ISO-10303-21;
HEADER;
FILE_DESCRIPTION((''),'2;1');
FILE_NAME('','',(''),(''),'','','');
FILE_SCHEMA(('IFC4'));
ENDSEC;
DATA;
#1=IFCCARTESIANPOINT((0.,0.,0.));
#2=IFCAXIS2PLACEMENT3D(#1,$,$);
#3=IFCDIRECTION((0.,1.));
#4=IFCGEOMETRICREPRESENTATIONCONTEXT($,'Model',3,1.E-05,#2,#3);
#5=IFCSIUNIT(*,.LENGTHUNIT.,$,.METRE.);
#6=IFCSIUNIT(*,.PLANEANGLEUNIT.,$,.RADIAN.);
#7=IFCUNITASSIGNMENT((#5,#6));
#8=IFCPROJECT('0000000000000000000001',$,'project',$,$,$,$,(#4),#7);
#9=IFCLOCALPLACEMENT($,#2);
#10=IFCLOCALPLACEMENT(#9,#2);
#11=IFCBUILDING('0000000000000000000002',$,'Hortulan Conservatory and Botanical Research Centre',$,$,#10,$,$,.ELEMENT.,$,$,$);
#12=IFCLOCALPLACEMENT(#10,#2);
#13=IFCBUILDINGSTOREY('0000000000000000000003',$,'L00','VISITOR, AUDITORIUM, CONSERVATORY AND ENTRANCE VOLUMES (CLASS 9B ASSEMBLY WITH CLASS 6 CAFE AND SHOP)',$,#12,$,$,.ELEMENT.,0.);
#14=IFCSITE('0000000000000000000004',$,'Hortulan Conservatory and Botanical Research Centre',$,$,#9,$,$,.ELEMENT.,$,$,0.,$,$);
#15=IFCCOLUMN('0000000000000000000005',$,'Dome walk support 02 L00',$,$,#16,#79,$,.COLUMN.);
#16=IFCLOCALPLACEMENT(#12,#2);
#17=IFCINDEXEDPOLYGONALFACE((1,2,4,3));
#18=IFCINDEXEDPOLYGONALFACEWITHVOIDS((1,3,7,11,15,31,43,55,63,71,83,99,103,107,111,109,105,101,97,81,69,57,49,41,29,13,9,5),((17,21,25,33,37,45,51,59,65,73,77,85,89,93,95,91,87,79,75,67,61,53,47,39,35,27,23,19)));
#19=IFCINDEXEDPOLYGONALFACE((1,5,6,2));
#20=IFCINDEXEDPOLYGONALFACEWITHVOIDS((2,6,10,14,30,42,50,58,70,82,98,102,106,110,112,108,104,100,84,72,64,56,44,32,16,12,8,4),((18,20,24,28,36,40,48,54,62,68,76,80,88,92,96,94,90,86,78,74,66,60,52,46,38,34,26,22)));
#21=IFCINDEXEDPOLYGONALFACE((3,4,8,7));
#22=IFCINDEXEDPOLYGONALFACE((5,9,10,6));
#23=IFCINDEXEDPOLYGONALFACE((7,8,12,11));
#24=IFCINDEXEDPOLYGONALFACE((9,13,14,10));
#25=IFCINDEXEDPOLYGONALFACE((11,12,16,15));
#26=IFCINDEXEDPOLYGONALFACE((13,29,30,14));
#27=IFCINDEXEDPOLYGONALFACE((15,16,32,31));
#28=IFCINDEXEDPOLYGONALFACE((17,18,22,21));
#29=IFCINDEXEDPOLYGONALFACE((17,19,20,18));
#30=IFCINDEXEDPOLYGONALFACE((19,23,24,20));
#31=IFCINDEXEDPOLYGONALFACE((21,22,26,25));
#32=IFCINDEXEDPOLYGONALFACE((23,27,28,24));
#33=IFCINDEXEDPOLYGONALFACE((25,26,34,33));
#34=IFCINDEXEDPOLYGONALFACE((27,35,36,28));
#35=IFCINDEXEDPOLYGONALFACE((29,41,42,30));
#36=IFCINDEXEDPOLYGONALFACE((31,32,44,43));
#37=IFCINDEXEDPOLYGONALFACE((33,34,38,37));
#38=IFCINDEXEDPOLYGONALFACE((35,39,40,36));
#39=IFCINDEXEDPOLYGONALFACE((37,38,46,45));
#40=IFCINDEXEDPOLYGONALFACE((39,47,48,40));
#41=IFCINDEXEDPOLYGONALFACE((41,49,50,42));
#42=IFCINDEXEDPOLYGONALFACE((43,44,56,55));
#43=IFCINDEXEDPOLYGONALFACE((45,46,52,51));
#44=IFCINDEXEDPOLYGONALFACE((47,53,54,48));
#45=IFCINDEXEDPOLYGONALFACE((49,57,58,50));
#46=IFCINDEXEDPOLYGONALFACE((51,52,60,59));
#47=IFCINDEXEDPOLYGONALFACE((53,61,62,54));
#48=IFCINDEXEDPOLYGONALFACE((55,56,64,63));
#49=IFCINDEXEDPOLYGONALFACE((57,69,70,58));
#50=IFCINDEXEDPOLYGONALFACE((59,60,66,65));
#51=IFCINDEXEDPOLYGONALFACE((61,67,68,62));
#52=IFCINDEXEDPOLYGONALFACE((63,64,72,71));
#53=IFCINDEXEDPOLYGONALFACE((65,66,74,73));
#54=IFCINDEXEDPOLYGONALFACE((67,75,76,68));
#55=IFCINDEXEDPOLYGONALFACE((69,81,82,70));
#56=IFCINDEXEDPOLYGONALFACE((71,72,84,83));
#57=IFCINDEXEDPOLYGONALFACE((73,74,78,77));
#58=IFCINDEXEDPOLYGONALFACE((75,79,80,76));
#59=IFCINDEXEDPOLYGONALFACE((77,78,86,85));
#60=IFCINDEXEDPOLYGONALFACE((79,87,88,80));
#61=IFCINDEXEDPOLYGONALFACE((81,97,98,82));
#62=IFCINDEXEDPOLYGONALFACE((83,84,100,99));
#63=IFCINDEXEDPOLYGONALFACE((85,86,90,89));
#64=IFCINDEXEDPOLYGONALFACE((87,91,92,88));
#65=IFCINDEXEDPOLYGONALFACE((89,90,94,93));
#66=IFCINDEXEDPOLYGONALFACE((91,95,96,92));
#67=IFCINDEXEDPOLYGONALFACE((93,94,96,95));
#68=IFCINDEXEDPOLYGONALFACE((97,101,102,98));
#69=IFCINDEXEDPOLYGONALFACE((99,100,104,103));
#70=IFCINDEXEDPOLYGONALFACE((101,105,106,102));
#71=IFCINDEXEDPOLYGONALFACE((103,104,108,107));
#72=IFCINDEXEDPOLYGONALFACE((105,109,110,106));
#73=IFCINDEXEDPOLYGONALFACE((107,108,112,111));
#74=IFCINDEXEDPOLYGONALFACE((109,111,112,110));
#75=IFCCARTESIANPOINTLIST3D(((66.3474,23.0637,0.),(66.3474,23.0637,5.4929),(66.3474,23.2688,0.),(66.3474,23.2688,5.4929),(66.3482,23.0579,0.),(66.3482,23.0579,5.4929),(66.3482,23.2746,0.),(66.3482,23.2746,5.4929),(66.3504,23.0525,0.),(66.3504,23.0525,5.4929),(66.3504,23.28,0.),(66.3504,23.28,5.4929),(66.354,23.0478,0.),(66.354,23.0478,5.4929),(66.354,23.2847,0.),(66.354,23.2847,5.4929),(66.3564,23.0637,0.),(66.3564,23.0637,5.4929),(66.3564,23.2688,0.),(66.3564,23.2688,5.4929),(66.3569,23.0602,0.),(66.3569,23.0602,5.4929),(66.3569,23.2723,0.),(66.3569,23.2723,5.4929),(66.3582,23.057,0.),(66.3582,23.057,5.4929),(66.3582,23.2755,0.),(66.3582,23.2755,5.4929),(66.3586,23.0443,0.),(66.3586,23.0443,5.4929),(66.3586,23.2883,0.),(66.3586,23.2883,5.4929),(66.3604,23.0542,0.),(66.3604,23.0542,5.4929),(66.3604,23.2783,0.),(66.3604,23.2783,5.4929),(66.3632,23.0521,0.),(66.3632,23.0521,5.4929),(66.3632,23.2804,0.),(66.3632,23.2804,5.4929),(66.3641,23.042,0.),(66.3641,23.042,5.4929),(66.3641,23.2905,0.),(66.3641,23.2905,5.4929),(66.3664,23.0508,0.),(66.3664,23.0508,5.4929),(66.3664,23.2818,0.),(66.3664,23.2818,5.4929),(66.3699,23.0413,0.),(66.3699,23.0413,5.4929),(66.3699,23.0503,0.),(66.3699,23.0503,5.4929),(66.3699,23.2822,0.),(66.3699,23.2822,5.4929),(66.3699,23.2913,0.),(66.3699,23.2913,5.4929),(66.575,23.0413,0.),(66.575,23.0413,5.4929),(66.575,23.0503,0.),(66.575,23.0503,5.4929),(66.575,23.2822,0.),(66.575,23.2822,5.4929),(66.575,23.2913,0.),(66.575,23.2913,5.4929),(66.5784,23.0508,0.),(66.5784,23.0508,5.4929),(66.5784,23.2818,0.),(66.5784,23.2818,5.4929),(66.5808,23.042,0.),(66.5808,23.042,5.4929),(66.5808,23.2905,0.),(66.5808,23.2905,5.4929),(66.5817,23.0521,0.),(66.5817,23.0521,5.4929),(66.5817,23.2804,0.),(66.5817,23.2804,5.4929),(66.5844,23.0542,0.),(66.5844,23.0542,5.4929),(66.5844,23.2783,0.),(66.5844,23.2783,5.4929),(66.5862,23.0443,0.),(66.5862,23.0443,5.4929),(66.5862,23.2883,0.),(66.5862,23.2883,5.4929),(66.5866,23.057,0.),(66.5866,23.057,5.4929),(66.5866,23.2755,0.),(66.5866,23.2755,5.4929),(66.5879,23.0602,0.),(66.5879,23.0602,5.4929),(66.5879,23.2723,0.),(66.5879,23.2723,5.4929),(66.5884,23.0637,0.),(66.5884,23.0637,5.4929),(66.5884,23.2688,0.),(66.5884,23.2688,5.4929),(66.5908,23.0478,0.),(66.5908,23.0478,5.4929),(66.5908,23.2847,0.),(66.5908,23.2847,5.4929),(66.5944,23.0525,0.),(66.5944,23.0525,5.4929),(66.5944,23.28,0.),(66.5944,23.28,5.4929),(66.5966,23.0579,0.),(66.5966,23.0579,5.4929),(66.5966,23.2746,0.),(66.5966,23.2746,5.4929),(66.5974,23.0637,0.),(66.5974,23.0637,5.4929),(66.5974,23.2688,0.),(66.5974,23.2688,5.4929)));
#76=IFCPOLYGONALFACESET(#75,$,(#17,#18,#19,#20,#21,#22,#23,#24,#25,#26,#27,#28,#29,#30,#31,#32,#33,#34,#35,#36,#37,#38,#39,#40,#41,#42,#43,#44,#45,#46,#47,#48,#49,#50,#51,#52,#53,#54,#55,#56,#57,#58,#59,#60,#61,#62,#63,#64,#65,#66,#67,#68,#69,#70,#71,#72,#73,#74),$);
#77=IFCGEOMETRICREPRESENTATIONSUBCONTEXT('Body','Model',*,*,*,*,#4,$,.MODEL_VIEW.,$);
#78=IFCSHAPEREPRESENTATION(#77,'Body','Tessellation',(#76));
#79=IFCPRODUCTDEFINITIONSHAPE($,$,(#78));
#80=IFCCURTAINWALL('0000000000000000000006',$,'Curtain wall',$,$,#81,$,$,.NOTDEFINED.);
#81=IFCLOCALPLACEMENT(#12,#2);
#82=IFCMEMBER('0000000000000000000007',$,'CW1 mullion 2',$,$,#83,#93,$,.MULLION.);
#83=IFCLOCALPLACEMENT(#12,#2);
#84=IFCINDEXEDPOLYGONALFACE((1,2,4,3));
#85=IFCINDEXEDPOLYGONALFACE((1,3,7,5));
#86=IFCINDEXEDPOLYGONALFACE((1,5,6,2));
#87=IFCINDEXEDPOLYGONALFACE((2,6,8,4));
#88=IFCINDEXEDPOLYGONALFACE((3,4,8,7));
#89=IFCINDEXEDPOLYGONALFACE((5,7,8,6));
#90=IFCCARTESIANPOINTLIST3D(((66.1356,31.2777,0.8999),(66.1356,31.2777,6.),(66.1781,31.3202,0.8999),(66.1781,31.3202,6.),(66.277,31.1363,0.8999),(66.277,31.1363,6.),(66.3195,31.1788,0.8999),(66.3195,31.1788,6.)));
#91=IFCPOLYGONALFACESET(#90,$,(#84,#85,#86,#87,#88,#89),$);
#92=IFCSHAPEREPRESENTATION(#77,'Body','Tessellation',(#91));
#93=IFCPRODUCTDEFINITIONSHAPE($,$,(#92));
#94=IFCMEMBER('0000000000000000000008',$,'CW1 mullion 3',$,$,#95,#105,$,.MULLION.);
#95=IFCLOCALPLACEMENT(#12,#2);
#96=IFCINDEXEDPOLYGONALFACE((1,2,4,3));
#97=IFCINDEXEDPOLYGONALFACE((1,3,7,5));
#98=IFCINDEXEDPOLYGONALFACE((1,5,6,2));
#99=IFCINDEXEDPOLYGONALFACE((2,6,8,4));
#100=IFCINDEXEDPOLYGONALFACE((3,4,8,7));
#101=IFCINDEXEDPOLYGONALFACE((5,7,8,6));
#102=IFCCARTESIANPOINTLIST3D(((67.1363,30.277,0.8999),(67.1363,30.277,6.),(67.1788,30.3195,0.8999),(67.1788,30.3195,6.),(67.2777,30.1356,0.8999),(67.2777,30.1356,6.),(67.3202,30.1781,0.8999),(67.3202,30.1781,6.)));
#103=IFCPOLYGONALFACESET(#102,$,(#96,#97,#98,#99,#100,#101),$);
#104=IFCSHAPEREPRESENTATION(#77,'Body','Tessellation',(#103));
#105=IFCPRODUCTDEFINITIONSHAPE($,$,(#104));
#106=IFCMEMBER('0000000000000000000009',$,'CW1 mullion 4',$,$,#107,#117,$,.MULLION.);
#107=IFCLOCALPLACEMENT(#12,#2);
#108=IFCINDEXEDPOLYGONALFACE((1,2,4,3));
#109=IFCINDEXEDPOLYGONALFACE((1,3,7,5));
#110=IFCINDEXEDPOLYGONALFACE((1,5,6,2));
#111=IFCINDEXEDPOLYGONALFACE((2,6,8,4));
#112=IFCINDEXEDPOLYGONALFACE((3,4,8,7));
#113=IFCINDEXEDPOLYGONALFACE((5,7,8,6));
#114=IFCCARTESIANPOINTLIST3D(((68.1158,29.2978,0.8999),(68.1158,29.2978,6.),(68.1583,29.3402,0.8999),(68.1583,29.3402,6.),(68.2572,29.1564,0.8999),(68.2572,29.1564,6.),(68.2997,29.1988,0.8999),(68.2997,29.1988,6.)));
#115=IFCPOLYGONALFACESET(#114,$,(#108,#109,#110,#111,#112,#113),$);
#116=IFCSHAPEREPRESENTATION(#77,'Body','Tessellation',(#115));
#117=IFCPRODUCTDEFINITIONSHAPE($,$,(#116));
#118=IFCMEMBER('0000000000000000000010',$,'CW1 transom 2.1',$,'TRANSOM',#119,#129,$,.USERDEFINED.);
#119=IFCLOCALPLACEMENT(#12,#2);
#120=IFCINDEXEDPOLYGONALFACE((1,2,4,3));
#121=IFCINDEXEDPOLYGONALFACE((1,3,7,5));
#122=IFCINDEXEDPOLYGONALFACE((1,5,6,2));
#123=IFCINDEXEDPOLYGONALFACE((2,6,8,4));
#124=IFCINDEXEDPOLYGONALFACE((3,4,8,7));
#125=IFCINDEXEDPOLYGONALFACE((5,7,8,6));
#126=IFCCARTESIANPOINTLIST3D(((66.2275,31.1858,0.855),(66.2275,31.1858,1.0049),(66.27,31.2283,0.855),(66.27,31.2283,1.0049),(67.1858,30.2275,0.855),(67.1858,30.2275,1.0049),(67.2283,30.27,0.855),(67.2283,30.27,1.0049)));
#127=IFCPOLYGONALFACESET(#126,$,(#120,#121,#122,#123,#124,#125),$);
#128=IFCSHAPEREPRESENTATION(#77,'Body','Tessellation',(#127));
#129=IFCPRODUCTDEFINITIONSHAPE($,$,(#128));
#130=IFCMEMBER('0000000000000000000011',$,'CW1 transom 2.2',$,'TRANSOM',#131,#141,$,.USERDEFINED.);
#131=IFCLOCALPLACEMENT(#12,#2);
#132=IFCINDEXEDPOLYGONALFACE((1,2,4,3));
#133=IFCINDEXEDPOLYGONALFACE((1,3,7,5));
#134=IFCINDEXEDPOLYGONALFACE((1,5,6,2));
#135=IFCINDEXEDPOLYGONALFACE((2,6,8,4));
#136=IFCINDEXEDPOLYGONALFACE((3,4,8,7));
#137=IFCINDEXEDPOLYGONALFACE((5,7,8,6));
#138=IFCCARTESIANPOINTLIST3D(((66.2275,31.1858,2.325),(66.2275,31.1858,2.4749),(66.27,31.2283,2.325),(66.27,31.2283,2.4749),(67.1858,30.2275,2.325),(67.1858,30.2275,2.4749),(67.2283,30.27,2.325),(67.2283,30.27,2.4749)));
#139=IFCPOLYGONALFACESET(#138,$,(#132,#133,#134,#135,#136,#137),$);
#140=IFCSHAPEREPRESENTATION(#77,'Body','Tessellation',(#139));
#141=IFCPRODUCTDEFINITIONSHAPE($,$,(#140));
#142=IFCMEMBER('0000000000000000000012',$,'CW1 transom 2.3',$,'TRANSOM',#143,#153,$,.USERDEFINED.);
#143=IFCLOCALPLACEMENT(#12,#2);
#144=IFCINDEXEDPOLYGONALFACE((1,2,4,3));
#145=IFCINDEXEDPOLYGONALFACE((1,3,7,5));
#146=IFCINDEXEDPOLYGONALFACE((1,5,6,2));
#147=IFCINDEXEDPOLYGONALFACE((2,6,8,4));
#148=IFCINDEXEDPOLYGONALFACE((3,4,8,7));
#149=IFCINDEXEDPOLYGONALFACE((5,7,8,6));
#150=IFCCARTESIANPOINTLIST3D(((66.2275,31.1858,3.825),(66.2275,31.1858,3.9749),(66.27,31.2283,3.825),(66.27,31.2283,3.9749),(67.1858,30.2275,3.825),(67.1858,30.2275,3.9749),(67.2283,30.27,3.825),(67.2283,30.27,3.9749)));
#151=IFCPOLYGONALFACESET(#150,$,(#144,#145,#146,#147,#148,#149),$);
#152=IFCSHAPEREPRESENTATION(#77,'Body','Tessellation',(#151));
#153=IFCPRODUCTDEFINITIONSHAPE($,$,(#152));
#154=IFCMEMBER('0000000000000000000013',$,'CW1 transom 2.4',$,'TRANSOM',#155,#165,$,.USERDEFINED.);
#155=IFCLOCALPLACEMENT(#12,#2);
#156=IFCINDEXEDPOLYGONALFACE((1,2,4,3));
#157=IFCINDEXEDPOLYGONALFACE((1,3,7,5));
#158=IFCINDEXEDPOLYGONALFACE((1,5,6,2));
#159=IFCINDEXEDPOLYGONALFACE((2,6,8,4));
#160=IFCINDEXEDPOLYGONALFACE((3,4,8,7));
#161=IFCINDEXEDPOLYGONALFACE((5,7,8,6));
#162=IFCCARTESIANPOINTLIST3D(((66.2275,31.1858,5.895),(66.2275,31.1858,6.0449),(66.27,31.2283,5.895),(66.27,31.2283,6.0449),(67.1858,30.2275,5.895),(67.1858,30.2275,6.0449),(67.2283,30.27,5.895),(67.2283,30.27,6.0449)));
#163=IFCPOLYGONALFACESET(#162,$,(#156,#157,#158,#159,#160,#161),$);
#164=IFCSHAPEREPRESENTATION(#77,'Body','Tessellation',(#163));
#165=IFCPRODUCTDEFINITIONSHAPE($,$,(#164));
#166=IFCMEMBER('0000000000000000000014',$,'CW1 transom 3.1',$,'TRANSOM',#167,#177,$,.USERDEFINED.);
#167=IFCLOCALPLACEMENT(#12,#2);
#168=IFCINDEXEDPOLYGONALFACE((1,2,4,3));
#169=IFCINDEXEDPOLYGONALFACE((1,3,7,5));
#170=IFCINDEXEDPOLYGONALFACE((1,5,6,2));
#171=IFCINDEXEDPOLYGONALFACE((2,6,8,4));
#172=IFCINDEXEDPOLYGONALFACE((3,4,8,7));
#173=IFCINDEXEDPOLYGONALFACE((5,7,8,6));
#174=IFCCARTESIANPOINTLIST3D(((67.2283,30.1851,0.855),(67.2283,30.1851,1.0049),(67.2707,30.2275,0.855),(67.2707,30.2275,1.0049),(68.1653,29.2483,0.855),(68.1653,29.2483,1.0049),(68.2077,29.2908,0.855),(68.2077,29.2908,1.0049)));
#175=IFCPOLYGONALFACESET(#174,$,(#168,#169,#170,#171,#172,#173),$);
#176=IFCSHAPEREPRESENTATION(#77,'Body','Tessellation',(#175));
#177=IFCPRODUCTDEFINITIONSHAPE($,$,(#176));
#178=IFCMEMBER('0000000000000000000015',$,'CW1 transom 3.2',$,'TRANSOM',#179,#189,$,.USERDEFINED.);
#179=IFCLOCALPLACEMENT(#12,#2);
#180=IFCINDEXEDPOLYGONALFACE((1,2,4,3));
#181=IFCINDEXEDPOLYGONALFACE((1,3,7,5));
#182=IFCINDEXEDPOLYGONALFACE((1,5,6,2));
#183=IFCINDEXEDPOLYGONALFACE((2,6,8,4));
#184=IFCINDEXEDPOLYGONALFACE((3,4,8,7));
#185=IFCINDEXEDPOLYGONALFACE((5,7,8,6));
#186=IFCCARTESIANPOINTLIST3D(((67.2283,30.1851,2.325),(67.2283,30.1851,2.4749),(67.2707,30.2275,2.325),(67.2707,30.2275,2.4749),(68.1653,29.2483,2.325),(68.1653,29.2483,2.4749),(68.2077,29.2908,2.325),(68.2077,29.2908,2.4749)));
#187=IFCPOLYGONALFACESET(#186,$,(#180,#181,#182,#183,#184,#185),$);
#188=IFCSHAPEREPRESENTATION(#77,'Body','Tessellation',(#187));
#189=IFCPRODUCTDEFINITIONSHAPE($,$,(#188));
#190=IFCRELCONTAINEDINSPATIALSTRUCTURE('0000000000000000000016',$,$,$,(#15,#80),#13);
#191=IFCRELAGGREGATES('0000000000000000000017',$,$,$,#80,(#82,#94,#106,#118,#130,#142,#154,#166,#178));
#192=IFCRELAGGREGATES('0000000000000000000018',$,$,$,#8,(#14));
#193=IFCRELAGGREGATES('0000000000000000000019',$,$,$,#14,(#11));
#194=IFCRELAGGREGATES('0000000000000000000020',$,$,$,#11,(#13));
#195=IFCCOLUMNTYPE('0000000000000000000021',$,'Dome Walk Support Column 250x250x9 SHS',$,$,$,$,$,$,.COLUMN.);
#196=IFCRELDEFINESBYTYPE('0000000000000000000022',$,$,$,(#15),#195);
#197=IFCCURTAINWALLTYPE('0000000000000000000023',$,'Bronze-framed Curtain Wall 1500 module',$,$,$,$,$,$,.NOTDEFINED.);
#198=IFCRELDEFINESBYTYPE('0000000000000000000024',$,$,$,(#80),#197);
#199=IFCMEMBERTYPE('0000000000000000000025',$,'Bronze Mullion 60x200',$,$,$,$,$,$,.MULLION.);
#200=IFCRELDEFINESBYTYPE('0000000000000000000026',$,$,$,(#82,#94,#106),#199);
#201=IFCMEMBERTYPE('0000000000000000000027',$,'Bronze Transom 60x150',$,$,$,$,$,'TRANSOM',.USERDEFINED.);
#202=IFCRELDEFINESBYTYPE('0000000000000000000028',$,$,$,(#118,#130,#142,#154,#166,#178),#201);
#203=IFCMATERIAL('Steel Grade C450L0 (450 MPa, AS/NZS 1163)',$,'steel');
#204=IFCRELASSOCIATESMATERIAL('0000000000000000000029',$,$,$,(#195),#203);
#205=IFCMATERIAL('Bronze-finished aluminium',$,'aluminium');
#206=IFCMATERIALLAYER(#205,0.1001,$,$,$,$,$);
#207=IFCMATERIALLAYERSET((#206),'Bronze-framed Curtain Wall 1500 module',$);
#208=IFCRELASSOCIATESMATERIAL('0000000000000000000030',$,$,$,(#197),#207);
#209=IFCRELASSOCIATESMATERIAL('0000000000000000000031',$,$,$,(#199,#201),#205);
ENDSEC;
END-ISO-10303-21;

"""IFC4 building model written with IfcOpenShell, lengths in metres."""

from ifc_helpers import new_model, si_unit, direction, frame, origin, origin_2d, place, context, subcontext, project, spatial, rectangle, hollow_rectangle, extrude, material, layer, layer_set, material_profile, profile_set, type_object, element, aggregate, save


model = new_model("IFC4")

# Units and contexts
model_context = context("Model", 3, precision=1e-05, world=origin(), true_north=direction((0.0, 1.0)))
body_context = subcontext(model_context, "Body", "Model", "MODEL_VIEW")
ifc_project = project(units=[si_unit("LENGTHUNIT", "METRE"), si_unit("PLANEANGLEUNIT", "RADIAN")], contexts=[model_context])

# Site, building, storey
site_placement = place(None, origin())
site = spatial("IfcSite", under=ifc_project, at=site_placement, Name="Hortulan Conservatory and Botanical Research Centre", CompositionType="ELEMENT", RefElevation=0.0)
building_placement = place(site_placement, origin())
building = spatial("IfcBuilding", under=site, at=building_placement, Name="Hortulan Conservatory and Botanical Research Centre", CompositionType="ELEMENT")
storey_placement = place(building_placement, origin())
storey = spatial("IfcBuildingStorey", under=building, at=storey_placement, Name="L00", Description="VISITOR, AUDITORIUM, CONSERVATORY AND ENTRANCE VOLUMES (CLASS 9B ASSEMBLY WITH CLASS 6 CAFE AND SHOP)", CompositionType="ELEMENT", Elevation=0.0)

# Column
ifc_material_1 = material(Name="Steel Grade C450L0 (450 MPa, AS/NZS 1163)", Category="steel")
ifc_material_profile_1 = material_profile(ifc_material_1, hollow_rectangle(XDim=0.25, YDim=0.25, WallThickness=0.009, InnerFilletRadius=0.0134, OuterFilletRadius=0.0225, at=origin_2d()), Name="250x250x9SHS")
ifc_profile_set_1 = profile_set([ifc_material_profile_1], Name="Steel Grade C450L0 (450 MPa, AS/NZS 1163)")
column_type = type_object("IfcColumnType", Name="Dome Walk Support Column 250x250x9 SHS", PredefinedType="COLUMN", material=ifc_profile_set_1)
column_placement = place(storey_placement, frame((66.4724, 23.1663, 0.0), z_axis=(0.0, 0.0, 1.0), x_axis=(1.0, 0.0, 0.0)))
element("IfcColumn", 1, at=column_placement, inside=storey, type_object=column_type, Name="Dome walk support 02 L00", PredefinedType="COLUMN", context=body_context, shape_type="SweptSolid", body=[
    extrude(hollow_rectangle(XDim=0.25, YDim=0.25, WallThickness=0.009, InnerFilletRadius=0.0134, OuterFilletRadius=0.0225, at=origin_2d()), origin(), (0.0, 0.0, 1.0), 5.4929),
])

# Curtain wall, members
ifc_material_2 = material(Name="Bronze-finished aluminium", Category="aluminium")
ifc_layer_1 = layer(ifc_material_2, 0.1001)
ifc_layer_set_1 = layer_set([ifc_layer_1], Name="Bronze-framed Curtain Wall 1500 module")
curtain_wall_type = type_object("IfcCurtainWallType", Name="Bronze-framed Curtain Wall 1500 module", PredefinedType="NOTDEFINED", material=ifc_layer_set_1)
curtain_wall_placement = place(storey_placement, origin())
curtain_wall = element("IfcCurtainWall", 2, at=curtain_wall_placement, inside=storey, type_object=curtain_wall_type, Name="Curtain wall", PredefinedType="NOTDEFINED")
ifc_material_profile_2 = material_profile(ifc_material_2, rectangle(XDim=0.0601, YDim=0.2, at=origin_2d()), Name="Bronze Mullion 60x200")
ifc_profile_set_2 = profile_set([ifc_material_profile_2], Name="Bronze-finished aluminium")
member_type_1 = type_object("IfcMemberType", Name="Bronze Mullion 60x200", PredefinedType="MULLION", material=ifc_profile_set_2)
member_1_placement = place(storey_placement, frame((66.2275, 31.2283, 0.8999), z_axis=(0.0, 0.0, 1.0), x_axis=(0.707107, 0.707107, 0.0)))
member_1 = element("IfcMember", 3, at=member_1_placement, type_object=member_type_1, Name="CW1 mullion 2", PredefinedType="MULLION", context=body_context, shape_type="SweptSolid", body=[
    extrude(rectangle(XDim=0.0601, YDim=0.2, at=origin_2d()), origin(), (0.0, 0.0, 1.0), 5.1001),
])
member_2_placement = place(storey_placement, frame((67.2283, 30.2275, 0.8999), z_axis=(0.0, 0.0, 1.0), x_axis=(0.707107, 0.707107, 0.0)))
member_2 = element("IfcMember", 4, at=member_2_placement, type_object=member_type_1, Name="CW1 mullion 3", PredefinedType="MULLION", context=body_context, shape_type="SweptSolid", body=[
    extrude(rectangle(XDim=0.0601, YDim=0.2, at=origin_2d()), origin(), (0.0, 0.0, 1.0), 5.1001),
])
member_3_placement = place(storey_placement, frame((68.2078, 29.2483, 0.8999), z_axis=(0.0, 0.0, 1.0), x_axis=(0.707107, 0.707107, 0.0)))
member_3 = element("IfcMember", 5, at=member_3_placement, type_object=member_type_1, Name="CW1 mullion 4", PredefinedType="MULLION", context=body_context, shape_type="SweptSolid", body=[
    extrude(rectangle(XDim=0.0601, YDim=0.2, at=origin_2d()), origin(), (0.0, 0.0, 1.0), 5.1001),
])
ifc_material_profile_3 = material_profile(ifc_material_2, rectangle(XDim=0.0601, YDim=0.1499, at=origin_2d()), Name="Bronze Transom 60x150")
ifc_profile_set_3 = profile_set([ifc_material_profile_3], Name="Bronze-finished aluminium")
member_type_2 = type_object("IfcMemberType", Name="Bronze Transom 60x150", ElementType="TRANSOM", PredefinedType="USERDEFINED", material=ifc_profile_set_3)
member_4_placement = place(storey_placement, frame((66.2488, 31.207, 0.9299), z_axis=(0.707107, -0.707107, 0.0), x_axis=(0.707107, 0.707107, 0.0)))
member_4 = element("IfcMember", 6, at=member_4_placement, type_object=member_type_2, Name="CW1 transom 2.1", ObjectType="TRANSOM", PredefinedType="USERDEFINED", context=body_context, shape_type="SweptSolid", body=[
    extrude(rectangle(XDim=0.0601, YDim=0.1499, at=origin_2d()), origin(), (0.0, 0.0, 1.0), 1.3552),
])
member_5_placement = place(storey_placement, frame((66.2488, 31.207, 2.3999), z_axis=(0.707107, -0.707107, 0.0), x_axis=(0.707107, 0.707107, 0.0)))
member_5 = element("IfcMember", 7, at=member_5_placement, type_object=member_type_2, Name="CW1 transom 2.2", ObjectType="TRANSOM", PredefinedType="USERDEFINED", context=body_context, shape_type="SweptSolid", body=[
    extrude(rectangle(XDim=0.0601, YDim=0.1499, at=origin_2d()), origin(), (0.0, 0.0, 1.0), 1.3552),
])
member_6_placement = place(storey_placement, frame((66.2488, 31.207, 3.8999), z_axis=(0.707107, -0.707107, 0.0), x_axis=(0.707107, 0.707107, 0.0)))
member_6 = element("IfcMember", 8, at=member_6_placement, type_object=member_type_2, Name="CW1 transom 2.3", ObjectType="TRANSOM", PredefinedType="USERDEFINED", context=body_context, shape_type="SweptSolid", body=[
    extrude(rectangle(XDim=0.0601, YDim=0.1499, at=origin_2d()), origin(), (0.0, 0.0, 1.0), 1.3552),
])
member_7_placement = place(storey_placement, frame((66.2488, 31.207, 5.97), z_axis=(0.707107, -0.707107, 0.0), x_axis=(0.707107, 0.707107, 0.0)))
member_7 = element("IfcMember", 9, at=member_7_placement, type_object=member_type_2, Name="CW1 transom 2.4", ObjectType="TRANSOM", PredefinedType="USERDEFINED", context=body_context, shape_type="SweptSolid", body=[
    extrude(rectangle(XDim=0.0601, YDim=0.1499, at=origin_2d()), origin(), (0.0, 0.0, 1.0), 1.3552),
])
member_8_placement = place(storey_placement, frame((67.2495, 30.2063, 0.9299), z_axis=(0.707199, -0.707015, 0.0), x_axis=(0.707015, 0.707199, 0.0)))
member_8 = element("IfcMember", 10, at=member_8_placement, type_object=member_type_2, Name="CW1 transom 3.1", ObjectType="TRANSOM", PredefinedType="USERDEFINED", context=body_context, shape_type="SweptSolid", body=[
    extrude(rectangle(XDim=0.0601, YDim=0.1499, at=origin_2d()), origin(), (0.0, 0.0, 1.0), 1.325),
])
member_9_placement = place(storey_placement, frame((67.2495, 30.2063, 2.3999), z_axis=(0.707199, -0.707015, 0.0), x_axis=(0.707015, 0.707199, 0.0)))
member_9 = element("IfcMember", 11, at=member_9_placement, type_object=member_type_2, Name="CW1 transom 3.2", ObjectType="TRANSOM", PredefinedType="USERDEFINED", context=body_context, shape_type="SweptSolid", body=[
    extrude(rectangle(XDim=0.0601, YDim=0.1499, at=origin_2d()), origin(), (0.0, 0.0, 1.0), 1.325),
])

aggregate(curtain_wall, [member_1, member_2, member_3, member_4, member_5, member_6, member_7, member_8, member_9])

save(model, "model.ifc")
